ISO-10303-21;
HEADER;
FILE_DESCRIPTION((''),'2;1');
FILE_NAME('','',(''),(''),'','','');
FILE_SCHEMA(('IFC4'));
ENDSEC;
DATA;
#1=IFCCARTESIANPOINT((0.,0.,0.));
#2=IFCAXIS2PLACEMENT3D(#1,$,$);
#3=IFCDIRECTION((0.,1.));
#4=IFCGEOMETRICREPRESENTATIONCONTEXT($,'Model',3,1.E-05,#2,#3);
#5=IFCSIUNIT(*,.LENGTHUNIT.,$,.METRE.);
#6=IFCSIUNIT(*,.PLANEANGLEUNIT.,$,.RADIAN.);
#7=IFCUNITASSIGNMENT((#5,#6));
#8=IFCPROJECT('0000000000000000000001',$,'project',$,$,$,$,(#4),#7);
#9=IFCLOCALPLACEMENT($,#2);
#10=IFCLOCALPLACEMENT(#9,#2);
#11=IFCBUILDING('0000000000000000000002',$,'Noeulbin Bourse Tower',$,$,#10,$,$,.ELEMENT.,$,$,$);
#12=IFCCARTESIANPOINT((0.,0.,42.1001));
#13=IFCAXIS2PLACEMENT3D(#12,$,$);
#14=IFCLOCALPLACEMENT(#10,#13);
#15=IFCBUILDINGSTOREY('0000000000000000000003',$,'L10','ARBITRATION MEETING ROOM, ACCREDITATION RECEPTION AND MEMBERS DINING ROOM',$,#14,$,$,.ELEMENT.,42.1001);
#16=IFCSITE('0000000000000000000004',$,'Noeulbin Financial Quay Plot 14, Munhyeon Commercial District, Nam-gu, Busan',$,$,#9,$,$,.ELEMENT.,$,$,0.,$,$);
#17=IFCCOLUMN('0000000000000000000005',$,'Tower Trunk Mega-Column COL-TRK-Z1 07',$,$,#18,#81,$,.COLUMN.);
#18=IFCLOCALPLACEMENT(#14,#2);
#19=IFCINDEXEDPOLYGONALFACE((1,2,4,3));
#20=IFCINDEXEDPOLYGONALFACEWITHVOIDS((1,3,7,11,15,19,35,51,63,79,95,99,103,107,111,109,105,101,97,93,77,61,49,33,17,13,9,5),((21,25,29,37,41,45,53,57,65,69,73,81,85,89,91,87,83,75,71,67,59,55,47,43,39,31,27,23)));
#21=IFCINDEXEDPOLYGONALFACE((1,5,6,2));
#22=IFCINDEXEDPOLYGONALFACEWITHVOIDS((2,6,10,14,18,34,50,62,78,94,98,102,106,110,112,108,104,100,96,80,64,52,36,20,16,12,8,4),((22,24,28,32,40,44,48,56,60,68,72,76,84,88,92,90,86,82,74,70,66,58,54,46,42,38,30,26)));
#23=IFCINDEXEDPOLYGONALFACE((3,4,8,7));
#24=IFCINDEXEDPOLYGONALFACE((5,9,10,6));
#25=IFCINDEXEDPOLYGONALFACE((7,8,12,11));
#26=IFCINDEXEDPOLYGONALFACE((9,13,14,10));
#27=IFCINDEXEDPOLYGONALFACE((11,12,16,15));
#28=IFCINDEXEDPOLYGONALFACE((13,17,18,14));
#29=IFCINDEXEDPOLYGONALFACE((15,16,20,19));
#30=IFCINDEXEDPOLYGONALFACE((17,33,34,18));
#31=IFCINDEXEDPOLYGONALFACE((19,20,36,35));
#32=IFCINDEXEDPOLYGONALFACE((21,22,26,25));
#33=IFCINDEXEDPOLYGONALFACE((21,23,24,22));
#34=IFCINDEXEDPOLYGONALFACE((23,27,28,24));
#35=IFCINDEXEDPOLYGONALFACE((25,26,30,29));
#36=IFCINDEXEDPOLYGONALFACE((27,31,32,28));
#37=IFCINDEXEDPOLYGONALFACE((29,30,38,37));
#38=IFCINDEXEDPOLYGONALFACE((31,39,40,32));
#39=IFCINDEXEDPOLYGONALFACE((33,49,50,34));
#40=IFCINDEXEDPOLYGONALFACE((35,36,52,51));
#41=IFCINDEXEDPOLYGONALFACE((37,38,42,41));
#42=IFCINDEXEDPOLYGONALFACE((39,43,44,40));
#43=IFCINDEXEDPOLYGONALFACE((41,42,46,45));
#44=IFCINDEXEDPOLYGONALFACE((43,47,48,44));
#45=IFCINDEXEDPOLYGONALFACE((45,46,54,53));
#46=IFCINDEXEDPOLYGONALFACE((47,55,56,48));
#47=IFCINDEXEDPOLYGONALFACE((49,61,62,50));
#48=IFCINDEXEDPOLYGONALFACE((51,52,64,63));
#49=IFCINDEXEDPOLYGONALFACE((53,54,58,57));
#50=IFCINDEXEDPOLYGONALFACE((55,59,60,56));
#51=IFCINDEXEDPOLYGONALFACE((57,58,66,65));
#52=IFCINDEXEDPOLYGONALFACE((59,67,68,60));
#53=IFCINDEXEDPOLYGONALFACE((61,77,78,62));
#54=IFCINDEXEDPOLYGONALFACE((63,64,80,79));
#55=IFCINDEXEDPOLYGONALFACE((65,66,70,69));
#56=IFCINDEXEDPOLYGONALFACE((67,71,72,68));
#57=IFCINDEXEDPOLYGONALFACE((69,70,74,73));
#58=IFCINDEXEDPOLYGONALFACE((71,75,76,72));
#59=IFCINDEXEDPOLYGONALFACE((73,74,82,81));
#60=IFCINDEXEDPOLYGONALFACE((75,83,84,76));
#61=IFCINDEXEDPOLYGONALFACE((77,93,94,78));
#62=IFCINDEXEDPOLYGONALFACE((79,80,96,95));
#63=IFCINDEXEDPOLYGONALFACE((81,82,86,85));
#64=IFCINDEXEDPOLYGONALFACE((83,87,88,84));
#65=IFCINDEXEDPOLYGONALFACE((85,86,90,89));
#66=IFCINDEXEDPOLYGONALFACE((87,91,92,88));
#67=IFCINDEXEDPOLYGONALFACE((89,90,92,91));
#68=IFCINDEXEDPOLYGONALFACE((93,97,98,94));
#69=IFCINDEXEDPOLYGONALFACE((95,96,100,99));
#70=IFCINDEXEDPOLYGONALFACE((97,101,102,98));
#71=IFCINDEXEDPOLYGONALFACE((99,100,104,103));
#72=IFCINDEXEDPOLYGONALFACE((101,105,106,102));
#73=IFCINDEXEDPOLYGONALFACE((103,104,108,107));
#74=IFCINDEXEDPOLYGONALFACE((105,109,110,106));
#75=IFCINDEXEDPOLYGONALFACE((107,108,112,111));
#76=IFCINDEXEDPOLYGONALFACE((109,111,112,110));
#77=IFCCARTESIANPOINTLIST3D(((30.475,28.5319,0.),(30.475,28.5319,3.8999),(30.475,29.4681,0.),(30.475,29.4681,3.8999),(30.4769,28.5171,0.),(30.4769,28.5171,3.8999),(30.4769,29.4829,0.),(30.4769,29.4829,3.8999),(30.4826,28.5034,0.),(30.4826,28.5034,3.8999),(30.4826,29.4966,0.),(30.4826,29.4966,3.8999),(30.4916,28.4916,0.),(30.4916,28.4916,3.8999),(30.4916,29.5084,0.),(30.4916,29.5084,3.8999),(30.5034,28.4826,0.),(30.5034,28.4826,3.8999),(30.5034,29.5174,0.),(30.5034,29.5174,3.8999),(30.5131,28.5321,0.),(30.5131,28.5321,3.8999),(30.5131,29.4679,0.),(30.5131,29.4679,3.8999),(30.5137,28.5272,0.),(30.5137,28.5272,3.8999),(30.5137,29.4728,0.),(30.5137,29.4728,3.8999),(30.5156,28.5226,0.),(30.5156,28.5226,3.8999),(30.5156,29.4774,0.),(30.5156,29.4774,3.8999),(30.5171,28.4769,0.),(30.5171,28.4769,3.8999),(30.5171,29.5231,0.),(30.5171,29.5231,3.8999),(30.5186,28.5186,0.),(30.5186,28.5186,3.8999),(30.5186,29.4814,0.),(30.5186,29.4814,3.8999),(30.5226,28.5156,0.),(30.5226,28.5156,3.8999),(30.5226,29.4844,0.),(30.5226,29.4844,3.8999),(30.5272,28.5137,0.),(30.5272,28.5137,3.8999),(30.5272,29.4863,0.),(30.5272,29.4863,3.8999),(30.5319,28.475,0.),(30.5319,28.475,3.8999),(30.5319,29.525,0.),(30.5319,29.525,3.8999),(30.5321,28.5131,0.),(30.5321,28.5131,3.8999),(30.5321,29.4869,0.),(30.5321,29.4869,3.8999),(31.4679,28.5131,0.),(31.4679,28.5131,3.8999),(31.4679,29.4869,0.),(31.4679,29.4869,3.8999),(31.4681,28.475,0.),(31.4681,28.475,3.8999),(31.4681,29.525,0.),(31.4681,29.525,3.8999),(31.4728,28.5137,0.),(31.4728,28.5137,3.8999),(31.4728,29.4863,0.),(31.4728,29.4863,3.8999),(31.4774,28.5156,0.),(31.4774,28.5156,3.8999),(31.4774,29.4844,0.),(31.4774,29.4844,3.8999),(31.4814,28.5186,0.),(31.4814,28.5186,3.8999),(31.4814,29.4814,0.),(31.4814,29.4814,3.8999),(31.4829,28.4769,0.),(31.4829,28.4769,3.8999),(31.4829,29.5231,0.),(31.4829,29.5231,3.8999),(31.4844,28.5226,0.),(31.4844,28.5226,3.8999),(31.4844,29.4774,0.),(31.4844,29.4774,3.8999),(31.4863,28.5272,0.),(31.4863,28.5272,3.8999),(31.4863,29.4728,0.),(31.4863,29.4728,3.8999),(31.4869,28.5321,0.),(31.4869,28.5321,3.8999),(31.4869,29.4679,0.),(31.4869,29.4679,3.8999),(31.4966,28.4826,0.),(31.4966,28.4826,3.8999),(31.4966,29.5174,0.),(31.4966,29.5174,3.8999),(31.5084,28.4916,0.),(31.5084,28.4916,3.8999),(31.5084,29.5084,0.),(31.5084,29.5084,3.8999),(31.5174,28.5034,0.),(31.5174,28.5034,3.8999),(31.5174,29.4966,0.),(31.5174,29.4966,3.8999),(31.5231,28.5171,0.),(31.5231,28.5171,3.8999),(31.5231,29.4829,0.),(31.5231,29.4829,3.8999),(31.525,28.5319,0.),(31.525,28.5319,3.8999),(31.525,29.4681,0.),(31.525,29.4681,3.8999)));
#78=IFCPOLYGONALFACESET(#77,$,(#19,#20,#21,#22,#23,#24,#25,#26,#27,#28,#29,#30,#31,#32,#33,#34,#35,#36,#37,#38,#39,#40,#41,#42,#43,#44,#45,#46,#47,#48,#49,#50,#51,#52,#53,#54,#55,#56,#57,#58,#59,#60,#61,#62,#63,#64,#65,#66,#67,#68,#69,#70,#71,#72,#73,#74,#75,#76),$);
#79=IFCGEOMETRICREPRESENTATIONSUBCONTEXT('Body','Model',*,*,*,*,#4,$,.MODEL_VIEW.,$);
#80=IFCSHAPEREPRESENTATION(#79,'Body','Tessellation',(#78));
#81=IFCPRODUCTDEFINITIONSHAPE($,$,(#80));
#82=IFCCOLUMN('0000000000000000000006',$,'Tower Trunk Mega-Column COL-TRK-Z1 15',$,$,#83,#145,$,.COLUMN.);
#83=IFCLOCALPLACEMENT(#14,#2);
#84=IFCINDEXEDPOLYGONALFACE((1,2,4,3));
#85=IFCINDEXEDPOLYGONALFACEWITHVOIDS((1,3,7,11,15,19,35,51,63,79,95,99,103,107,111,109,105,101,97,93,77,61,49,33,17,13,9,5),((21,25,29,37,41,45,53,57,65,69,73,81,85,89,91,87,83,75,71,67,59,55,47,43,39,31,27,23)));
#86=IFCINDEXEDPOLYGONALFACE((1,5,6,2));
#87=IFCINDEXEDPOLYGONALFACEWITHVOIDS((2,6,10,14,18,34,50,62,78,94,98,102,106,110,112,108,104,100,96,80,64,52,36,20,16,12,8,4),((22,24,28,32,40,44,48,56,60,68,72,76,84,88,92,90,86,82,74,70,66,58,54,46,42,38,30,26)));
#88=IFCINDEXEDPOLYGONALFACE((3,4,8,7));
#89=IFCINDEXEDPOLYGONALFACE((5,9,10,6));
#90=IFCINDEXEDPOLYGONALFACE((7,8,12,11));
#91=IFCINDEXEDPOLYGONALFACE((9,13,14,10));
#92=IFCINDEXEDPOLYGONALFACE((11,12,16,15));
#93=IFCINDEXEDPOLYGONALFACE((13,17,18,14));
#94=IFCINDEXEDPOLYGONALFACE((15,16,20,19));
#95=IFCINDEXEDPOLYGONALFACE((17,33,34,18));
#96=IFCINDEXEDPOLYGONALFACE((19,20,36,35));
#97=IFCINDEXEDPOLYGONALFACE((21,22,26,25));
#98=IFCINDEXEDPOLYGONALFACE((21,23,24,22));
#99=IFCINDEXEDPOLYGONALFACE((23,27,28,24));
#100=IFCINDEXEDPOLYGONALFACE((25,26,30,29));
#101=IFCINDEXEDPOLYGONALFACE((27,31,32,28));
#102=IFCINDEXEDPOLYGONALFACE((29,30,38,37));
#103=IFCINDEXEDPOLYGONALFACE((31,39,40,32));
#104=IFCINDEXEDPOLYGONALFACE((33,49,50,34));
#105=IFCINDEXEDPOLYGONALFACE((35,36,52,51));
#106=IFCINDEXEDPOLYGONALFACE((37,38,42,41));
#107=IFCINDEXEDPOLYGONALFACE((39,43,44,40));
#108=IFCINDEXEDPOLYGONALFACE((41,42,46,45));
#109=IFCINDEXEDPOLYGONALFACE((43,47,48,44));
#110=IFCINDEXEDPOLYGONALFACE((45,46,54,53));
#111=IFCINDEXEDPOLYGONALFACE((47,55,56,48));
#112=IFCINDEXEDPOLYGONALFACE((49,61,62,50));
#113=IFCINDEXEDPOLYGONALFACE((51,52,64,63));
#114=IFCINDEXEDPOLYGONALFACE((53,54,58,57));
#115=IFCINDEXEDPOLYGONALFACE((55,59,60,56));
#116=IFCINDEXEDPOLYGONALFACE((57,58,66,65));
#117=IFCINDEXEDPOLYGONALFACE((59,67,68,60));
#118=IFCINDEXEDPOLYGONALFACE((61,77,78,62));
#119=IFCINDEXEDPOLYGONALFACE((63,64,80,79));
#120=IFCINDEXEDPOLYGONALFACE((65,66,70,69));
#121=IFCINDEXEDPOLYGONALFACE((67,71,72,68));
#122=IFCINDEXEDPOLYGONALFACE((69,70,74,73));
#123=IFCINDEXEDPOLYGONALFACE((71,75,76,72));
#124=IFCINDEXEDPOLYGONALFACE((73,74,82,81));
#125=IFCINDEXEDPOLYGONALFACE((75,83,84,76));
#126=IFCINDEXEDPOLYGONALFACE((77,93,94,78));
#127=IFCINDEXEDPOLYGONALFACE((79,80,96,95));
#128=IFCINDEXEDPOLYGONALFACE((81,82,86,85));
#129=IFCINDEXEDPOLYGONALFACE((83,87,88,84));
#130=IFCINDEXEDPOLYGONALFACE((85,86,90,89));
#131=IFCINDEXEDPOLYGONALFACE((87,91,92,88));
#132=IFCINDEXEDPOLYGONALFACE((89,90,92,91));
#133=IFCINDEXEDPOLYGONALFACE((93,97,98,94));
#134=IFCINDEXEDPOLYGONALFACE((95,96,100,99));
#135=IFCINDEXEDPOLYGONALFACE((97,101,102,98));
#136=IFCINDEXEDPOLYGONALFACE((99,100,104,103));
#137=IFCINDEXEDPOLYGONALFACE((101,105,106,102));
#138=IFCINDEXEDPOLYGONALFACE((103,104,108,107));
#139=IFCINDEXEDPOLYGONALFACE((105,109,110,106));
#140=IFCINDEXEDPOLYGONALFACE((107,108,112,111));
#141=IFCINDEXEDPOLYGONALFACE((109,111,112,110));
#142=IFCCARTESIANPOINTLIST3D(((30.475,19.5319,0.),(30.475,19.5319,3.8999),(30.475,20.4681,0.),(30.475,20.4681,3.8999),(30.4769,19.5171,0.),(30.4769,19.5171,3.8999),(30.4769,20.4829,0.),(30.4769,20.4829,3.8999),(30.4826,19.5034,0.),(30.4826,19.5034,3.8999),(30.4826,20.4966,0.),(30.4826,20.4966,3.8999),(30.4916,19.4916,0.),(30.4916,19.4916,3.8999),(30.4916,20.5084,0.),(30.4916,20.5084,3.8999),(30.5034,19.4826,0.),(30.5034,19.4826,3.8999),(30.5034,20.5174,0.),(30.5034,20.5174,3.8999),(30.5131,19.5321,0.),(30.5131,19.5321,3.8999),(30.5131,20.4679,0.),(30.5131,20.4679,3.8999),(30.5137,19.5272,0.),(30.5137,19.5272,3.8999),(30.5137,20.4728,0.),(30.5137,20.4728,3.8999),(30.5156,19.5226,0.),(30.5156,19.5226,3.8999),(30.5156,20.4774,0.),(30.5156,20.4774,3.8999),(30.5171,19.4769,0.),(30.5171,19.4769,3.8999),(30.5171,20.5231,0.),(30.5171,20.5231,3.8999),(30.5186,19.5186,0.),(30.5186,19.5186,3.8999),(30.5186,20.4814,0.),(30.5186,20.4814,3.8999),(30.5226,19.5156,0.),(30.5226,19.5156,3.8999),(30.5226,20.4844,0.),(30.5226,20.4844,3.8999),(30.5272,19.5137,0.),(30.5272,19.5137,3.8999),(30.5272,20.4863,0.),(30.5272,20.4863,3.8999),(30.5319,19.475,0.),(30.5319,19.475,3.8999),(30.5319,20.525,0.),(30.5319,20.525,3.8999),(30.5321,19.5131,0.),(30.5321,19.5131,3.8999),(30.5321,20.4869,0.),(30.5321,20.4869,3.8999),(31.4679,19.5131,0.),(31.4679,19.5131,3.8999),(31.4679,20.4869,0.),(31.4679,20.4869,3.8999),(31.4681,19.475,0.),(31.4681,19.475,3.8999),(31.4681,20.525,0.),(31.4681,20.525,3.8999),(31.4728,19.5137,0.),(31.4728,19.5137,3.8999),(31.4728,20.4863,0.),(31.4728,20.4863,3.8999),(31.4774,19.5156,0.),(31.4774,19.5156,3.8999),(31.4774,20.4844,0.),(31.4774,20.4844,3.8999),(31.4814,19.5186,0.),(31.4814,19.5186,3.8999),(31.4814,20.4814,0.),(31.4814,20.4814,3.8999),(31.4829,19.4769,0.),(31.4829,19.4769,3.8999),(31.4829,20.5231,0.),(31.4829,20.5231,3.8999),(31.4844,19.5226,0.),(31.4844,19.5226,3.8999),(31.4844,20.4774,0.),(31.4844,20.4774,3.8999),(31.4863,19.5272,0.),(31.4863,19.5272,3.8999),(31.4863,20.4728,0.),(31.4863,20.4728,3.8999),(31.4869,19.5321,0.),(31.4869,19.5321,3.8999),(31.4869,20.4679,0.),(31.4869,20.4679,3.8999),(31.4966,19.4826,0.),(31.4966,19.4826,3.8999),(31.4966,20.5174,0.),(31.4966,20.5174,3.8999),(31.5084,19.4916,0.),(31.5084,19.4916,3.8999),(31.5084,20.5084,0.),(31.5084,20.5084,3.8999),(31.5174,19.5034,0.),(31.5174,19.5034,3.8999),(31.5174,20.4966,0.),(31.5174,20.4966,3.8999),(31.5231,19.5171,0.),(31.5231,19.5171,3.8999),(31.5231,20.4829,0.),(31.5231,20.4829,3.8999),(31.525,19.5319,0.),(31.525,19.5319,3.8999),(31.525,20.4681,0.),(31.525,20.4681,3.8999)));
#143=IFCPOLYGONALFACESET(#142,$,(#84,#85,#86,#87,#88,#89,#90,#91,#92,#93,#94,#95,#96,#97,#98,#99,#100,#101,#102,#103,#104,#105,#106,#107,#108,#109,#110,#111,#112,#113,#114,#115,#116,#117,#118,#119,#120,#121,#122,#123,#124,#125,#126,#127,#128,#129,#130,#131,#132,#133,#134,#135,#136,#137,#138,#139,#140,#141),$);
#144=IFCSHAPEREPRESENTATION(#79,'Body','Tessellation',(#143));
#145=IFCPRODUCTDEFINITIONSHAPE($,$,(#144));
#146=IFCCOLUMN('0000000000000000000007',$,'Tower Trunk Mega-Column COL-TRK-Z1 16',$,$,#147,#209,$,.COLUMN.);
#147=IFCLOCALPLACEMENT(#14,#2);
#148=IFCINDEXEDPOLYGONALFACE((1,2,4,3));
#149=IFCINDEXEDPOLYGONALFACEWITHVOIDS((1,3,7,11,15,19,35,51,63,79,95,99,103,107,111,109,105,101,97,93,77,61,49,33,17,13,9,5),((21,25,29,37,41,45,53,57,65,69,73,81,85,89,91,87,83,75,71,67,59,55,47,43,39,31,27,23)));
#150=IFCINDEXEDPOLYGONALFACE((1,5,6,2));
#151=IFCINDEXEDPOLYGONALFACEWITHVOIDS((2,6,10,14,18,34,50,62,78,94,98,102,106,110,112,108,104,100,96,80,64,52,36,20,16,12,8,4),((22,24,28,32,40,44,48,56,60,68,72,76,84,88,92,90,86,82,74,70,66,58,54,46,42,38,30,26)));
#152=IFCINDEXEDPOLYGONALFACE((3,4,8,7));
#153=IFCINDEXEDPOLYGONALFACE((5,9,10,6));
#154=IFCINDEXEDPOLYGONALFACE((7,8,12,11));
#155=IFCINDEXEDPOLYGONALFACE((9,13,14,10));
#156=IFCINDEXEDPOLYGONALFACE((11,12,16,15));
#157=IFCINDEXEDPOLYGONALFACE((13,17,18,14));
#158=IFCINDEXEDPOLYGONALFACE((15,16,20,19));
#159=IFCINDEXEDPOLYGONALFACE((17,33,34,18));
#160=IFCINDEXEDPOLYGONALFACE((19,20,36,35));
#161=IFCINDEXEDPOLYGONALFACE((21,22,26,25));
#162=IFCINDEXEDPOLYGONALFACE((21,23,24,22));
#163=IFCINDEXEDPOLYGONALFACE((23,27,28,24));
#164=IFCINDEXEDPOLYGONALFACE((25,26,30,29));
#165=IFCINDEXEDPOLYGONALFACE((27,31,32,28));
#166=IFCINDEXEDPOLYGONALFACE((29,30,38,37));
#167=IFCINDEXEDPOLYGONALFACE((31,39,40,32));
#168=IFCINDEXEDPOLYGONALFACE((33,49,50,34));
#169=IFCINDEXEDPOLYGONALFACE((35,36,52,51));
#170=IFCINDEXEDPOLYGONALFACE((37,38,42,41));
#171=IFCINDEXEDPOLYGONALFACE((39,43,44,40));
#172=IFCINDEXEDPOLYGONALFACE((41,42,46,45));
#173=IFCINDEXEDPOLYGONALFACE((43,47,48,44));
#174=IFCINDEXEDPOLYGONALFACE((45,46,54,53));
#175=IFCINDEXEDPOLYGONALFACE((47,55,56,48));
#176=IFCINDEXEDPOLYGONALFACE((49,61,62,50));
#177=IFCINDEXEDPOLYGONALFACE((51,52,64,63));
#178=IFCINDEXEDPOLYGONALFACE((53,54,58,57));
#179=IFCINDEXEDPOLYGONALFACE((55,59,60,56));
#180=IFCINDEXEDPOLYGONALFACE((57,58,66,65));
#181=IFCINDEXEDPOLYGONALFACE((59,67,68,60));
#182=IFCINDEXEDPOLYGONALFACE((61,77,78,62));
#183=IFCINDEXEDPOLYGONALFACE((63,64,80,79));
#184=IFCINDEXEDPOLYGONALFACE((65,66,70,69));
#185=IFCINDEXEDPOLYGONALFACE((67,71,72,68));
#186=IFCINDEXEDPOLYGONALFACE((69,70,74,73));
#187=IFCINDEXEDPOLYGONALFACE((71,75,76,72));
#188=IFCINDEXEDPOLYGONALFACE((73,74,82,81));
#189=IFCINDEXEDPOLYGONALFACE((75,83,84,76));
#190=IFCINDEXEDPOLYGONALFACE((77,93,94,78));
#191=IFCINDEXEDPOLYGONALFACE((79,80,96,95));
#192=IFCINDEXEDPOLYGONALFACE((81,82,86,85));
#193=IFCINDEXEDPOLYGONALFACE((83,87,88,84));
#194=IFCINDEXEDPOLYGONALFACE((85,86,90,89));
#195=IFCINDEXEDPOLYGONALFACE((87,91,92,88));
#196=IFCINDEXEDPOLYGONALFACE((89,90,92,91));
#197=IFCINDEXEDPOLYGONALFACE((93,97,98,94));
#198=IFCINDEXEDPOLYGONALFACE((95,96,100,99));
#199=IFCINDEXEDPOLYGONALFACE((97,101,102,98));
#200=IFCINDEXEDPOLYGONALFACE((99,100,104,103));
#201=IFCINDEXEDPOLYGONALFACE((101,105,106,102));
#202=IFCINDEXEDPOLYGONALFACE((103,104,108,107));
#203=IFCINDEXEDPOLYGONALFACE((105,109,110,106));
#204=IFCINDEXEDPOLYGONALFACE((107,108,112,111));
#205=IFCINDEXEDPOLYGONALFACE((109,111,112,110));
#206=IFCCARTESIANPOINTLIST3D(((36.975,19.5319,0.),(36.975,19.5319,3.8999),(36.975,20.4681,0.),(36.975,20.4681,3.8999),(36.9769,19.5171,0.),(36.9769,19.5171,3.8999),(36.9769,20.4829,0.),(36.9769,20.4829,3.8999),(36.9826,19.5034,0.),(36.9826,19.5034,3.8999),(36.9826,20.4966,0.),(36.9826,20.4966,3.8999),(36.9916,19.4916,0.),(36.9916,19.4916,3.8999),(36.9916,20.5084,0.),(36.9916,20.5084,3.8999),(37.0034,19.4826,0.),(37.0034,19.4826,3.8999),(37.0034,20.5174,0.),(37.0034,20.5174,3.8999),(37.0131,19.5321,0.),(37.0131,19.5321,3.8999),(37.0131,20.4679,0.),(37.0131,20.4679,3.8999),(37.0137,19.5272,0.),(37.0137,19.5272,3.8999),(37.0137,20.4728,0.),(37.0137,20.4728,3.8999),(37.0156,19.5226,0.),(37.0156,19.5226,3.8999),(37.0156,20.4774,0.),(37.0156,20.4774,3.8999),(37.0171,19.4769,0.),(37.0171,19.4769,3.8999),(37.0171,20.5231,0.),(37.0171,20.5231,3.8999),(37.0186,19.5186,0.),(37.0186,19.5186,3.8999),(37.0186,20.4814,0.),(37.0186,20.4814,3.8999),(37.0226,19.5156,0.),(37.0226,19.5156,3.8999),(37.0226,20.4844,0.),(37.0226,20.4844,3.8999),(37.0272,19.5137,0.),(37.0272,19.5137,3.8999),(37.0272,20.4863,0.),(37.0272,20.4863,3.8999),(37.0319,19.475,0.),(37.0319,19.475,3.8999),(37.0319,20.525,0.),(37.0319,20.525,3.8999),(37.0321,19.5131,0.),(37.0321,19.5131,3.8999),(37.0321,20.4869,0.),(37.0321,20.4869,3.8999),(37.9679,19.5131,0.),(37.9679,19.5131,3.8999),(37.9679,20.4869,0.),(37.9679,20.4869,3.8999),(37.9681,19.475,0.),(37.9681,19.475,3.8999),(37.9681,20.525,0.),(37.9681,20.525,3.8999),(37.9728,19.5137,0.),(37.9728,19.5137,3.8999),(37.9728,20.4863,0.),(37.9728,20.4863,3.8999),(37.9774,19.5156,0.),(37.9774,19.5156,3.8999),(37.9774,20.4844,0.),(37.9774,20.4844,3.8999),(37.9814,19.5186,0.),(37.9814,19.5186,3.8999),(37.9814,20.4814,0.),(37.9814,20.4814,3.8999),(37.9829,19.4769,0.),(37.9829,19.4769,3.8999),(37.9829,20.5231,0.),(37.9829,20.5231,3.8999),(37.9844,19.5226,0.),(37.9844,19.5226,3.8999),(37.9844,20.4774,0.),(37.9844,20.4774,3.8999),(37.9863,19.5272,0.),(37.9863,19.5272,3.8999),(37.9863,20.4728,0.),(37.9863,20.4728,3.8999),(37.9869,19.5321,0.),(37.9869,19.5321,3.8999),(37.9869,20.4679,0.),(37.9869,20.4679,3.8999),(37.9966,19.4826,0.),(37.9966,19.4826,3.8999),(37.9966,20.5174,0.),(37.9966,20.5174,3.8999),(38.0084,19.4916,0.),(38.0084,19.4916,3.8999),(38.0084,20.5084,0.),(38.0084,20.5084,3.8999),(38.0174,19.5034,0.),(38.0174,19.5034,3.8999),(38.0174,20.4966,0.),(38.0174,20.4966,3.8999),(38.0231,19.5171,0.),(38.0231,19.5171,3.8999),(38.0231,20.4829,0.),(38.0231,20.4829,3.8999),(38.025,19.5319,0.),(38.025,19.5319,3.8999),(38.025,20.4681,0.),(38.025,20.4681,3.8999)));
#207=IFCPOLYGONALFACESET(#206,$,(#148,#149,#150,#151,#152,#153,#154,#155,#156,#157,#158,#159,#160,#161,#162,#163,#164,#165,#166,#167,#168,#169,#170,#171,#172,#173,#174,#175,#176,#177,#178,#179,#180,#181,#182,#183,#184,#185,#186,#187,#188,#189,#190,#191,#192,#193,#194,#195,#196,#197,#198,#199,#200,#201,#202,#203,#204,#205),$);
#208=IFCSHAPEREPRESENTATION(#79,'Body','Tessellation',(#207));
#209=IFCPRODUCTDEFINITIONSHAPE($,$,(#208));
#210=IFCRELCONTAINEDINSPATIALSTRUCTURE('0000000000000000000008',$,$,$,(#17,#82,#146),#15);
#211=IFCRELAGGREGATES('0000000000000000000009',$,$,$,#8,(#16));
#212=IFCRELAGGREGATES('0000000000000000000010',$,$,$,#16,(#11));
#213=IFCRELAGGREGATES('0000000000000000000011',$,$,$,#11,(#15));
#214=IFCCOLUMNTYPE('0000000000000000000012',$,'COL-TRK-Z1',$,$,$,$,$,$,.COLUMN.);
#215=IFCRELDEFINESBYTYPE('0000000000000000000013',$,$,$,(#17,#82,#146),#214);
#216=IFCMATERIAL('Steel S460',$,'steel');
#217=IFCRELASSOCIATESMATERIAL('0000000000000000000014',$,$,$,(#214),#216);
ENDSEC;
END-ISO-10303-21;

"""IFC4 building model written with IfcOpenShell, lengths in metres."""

from ifc_helpers import new_model, si_unit, direction, frame, origin, origin_2d, place, context, subcontext, project, spatial, hollow_rectangle, extrude, material, material_profile, profile_set, type_object, element, save


model = new_model("IFC4")

# Units and contexts
model_context = context("Model", 3, precision=1e-05, world=origin(), true_north=direction((0.0, 1.0)))
body_context = subcontext(model_context, "Body", "Model", "MODEL_VIEW")
ifc_project = project(units=[si_unit("LENGTHUNIT", "METRE"), si_unit("PLANEANGLEUNIT", "RADIAN")], contexts=[model_context])

# Site, building, storey
site_placement = place(None, origin())
site = spatial("IfcSite", under=ifc_project, at=site_placement, Name="Noeulbin Financial Quay Plot 14, Munhyeon Commercial District, Nam-gu, Busan", CompositionType="ELEMENT", RefElevation=0.0)
building_placement = place(site_placement, origin())
building = spatial("IfcBuilding", under=site, at=building_placement, Name="Noeulbin Bourse Tower", CompositionType="ELEMENT")
storey_placement = place(building_placement, frame((0.0, 0.0, 42.1001)))
storey = spatial("IfcBuildingStorey", under=building, at=storey_placement, Name="L10", Description="ARBITRATION MEETING ROOM, ACCREDITATION RECEPTION AND MEMBERS DINING ROOM", CompositionType="ELEMENT", Elevation=42.1001)

# Columns
ifc_material_1 = material(Name="Steel S460", Category="steel")
ifc_material_profile_1 = material_profile(ifc_material_1, hollow_rectangle(XDim=1.05, YDim=1.05, WallThickness=0.0381, InnerFilletRadius=0.019, OuterFilletRadius=0.0569, at=origin_2d()), Name="BOX-1050x1050x38", Category="LoadBearing")
ifc_profile_set_1 = profile_set([ifc_material_profile_1], Name="Steel S460")
column_type = type_object("IfcColumnType", Name="COL-TRK-Z1", PredefinedType="COLUMN", material=ifc_profile_set_1)
for number, where, z_axis, x_axis, name in (
    (1, (31.0, 29.0, 0.0), (0.0, 0.0, 1.0), (1.0, 0.0, 0.0), "Tower Trunk Mega-Column COL-TRK-Z1 07"),
    (2, (31.0, 20.0, 0.0), (0.0, 0.0, 1.0), (1.0, 0.0, 0.0), "Tower Trunk Mega-Column COL-TRK-Z1 15"),
    (3, (37.5, 20.0, 0.0), (0.0, 0.0, 1.0), (1.0, 0.0, 0.0), "Tower Trunk Mega-Column COL-TRK-Z1 16"),
):
    element("IfcColumn", number, at=place(storey_placement, frame(where, z_axis=z_axis, x_axis=x_axis)), inside=storey, type_object=column_type, Name=name, PredefinedType="COLUMN", context=body_context, shape_type="SweptSolid", body=[
        extrude(hollow_rectangle(XDim=1.05, YDim=1.05, WallThickness=0.0381, InnerFilletRadius=0.019, OuterFilletRadius=0.0569, at=origin_2d()), origin(), (0.0, 0.0, 1.0), 3.8999),
    ])

save(model, "model.ifc")
